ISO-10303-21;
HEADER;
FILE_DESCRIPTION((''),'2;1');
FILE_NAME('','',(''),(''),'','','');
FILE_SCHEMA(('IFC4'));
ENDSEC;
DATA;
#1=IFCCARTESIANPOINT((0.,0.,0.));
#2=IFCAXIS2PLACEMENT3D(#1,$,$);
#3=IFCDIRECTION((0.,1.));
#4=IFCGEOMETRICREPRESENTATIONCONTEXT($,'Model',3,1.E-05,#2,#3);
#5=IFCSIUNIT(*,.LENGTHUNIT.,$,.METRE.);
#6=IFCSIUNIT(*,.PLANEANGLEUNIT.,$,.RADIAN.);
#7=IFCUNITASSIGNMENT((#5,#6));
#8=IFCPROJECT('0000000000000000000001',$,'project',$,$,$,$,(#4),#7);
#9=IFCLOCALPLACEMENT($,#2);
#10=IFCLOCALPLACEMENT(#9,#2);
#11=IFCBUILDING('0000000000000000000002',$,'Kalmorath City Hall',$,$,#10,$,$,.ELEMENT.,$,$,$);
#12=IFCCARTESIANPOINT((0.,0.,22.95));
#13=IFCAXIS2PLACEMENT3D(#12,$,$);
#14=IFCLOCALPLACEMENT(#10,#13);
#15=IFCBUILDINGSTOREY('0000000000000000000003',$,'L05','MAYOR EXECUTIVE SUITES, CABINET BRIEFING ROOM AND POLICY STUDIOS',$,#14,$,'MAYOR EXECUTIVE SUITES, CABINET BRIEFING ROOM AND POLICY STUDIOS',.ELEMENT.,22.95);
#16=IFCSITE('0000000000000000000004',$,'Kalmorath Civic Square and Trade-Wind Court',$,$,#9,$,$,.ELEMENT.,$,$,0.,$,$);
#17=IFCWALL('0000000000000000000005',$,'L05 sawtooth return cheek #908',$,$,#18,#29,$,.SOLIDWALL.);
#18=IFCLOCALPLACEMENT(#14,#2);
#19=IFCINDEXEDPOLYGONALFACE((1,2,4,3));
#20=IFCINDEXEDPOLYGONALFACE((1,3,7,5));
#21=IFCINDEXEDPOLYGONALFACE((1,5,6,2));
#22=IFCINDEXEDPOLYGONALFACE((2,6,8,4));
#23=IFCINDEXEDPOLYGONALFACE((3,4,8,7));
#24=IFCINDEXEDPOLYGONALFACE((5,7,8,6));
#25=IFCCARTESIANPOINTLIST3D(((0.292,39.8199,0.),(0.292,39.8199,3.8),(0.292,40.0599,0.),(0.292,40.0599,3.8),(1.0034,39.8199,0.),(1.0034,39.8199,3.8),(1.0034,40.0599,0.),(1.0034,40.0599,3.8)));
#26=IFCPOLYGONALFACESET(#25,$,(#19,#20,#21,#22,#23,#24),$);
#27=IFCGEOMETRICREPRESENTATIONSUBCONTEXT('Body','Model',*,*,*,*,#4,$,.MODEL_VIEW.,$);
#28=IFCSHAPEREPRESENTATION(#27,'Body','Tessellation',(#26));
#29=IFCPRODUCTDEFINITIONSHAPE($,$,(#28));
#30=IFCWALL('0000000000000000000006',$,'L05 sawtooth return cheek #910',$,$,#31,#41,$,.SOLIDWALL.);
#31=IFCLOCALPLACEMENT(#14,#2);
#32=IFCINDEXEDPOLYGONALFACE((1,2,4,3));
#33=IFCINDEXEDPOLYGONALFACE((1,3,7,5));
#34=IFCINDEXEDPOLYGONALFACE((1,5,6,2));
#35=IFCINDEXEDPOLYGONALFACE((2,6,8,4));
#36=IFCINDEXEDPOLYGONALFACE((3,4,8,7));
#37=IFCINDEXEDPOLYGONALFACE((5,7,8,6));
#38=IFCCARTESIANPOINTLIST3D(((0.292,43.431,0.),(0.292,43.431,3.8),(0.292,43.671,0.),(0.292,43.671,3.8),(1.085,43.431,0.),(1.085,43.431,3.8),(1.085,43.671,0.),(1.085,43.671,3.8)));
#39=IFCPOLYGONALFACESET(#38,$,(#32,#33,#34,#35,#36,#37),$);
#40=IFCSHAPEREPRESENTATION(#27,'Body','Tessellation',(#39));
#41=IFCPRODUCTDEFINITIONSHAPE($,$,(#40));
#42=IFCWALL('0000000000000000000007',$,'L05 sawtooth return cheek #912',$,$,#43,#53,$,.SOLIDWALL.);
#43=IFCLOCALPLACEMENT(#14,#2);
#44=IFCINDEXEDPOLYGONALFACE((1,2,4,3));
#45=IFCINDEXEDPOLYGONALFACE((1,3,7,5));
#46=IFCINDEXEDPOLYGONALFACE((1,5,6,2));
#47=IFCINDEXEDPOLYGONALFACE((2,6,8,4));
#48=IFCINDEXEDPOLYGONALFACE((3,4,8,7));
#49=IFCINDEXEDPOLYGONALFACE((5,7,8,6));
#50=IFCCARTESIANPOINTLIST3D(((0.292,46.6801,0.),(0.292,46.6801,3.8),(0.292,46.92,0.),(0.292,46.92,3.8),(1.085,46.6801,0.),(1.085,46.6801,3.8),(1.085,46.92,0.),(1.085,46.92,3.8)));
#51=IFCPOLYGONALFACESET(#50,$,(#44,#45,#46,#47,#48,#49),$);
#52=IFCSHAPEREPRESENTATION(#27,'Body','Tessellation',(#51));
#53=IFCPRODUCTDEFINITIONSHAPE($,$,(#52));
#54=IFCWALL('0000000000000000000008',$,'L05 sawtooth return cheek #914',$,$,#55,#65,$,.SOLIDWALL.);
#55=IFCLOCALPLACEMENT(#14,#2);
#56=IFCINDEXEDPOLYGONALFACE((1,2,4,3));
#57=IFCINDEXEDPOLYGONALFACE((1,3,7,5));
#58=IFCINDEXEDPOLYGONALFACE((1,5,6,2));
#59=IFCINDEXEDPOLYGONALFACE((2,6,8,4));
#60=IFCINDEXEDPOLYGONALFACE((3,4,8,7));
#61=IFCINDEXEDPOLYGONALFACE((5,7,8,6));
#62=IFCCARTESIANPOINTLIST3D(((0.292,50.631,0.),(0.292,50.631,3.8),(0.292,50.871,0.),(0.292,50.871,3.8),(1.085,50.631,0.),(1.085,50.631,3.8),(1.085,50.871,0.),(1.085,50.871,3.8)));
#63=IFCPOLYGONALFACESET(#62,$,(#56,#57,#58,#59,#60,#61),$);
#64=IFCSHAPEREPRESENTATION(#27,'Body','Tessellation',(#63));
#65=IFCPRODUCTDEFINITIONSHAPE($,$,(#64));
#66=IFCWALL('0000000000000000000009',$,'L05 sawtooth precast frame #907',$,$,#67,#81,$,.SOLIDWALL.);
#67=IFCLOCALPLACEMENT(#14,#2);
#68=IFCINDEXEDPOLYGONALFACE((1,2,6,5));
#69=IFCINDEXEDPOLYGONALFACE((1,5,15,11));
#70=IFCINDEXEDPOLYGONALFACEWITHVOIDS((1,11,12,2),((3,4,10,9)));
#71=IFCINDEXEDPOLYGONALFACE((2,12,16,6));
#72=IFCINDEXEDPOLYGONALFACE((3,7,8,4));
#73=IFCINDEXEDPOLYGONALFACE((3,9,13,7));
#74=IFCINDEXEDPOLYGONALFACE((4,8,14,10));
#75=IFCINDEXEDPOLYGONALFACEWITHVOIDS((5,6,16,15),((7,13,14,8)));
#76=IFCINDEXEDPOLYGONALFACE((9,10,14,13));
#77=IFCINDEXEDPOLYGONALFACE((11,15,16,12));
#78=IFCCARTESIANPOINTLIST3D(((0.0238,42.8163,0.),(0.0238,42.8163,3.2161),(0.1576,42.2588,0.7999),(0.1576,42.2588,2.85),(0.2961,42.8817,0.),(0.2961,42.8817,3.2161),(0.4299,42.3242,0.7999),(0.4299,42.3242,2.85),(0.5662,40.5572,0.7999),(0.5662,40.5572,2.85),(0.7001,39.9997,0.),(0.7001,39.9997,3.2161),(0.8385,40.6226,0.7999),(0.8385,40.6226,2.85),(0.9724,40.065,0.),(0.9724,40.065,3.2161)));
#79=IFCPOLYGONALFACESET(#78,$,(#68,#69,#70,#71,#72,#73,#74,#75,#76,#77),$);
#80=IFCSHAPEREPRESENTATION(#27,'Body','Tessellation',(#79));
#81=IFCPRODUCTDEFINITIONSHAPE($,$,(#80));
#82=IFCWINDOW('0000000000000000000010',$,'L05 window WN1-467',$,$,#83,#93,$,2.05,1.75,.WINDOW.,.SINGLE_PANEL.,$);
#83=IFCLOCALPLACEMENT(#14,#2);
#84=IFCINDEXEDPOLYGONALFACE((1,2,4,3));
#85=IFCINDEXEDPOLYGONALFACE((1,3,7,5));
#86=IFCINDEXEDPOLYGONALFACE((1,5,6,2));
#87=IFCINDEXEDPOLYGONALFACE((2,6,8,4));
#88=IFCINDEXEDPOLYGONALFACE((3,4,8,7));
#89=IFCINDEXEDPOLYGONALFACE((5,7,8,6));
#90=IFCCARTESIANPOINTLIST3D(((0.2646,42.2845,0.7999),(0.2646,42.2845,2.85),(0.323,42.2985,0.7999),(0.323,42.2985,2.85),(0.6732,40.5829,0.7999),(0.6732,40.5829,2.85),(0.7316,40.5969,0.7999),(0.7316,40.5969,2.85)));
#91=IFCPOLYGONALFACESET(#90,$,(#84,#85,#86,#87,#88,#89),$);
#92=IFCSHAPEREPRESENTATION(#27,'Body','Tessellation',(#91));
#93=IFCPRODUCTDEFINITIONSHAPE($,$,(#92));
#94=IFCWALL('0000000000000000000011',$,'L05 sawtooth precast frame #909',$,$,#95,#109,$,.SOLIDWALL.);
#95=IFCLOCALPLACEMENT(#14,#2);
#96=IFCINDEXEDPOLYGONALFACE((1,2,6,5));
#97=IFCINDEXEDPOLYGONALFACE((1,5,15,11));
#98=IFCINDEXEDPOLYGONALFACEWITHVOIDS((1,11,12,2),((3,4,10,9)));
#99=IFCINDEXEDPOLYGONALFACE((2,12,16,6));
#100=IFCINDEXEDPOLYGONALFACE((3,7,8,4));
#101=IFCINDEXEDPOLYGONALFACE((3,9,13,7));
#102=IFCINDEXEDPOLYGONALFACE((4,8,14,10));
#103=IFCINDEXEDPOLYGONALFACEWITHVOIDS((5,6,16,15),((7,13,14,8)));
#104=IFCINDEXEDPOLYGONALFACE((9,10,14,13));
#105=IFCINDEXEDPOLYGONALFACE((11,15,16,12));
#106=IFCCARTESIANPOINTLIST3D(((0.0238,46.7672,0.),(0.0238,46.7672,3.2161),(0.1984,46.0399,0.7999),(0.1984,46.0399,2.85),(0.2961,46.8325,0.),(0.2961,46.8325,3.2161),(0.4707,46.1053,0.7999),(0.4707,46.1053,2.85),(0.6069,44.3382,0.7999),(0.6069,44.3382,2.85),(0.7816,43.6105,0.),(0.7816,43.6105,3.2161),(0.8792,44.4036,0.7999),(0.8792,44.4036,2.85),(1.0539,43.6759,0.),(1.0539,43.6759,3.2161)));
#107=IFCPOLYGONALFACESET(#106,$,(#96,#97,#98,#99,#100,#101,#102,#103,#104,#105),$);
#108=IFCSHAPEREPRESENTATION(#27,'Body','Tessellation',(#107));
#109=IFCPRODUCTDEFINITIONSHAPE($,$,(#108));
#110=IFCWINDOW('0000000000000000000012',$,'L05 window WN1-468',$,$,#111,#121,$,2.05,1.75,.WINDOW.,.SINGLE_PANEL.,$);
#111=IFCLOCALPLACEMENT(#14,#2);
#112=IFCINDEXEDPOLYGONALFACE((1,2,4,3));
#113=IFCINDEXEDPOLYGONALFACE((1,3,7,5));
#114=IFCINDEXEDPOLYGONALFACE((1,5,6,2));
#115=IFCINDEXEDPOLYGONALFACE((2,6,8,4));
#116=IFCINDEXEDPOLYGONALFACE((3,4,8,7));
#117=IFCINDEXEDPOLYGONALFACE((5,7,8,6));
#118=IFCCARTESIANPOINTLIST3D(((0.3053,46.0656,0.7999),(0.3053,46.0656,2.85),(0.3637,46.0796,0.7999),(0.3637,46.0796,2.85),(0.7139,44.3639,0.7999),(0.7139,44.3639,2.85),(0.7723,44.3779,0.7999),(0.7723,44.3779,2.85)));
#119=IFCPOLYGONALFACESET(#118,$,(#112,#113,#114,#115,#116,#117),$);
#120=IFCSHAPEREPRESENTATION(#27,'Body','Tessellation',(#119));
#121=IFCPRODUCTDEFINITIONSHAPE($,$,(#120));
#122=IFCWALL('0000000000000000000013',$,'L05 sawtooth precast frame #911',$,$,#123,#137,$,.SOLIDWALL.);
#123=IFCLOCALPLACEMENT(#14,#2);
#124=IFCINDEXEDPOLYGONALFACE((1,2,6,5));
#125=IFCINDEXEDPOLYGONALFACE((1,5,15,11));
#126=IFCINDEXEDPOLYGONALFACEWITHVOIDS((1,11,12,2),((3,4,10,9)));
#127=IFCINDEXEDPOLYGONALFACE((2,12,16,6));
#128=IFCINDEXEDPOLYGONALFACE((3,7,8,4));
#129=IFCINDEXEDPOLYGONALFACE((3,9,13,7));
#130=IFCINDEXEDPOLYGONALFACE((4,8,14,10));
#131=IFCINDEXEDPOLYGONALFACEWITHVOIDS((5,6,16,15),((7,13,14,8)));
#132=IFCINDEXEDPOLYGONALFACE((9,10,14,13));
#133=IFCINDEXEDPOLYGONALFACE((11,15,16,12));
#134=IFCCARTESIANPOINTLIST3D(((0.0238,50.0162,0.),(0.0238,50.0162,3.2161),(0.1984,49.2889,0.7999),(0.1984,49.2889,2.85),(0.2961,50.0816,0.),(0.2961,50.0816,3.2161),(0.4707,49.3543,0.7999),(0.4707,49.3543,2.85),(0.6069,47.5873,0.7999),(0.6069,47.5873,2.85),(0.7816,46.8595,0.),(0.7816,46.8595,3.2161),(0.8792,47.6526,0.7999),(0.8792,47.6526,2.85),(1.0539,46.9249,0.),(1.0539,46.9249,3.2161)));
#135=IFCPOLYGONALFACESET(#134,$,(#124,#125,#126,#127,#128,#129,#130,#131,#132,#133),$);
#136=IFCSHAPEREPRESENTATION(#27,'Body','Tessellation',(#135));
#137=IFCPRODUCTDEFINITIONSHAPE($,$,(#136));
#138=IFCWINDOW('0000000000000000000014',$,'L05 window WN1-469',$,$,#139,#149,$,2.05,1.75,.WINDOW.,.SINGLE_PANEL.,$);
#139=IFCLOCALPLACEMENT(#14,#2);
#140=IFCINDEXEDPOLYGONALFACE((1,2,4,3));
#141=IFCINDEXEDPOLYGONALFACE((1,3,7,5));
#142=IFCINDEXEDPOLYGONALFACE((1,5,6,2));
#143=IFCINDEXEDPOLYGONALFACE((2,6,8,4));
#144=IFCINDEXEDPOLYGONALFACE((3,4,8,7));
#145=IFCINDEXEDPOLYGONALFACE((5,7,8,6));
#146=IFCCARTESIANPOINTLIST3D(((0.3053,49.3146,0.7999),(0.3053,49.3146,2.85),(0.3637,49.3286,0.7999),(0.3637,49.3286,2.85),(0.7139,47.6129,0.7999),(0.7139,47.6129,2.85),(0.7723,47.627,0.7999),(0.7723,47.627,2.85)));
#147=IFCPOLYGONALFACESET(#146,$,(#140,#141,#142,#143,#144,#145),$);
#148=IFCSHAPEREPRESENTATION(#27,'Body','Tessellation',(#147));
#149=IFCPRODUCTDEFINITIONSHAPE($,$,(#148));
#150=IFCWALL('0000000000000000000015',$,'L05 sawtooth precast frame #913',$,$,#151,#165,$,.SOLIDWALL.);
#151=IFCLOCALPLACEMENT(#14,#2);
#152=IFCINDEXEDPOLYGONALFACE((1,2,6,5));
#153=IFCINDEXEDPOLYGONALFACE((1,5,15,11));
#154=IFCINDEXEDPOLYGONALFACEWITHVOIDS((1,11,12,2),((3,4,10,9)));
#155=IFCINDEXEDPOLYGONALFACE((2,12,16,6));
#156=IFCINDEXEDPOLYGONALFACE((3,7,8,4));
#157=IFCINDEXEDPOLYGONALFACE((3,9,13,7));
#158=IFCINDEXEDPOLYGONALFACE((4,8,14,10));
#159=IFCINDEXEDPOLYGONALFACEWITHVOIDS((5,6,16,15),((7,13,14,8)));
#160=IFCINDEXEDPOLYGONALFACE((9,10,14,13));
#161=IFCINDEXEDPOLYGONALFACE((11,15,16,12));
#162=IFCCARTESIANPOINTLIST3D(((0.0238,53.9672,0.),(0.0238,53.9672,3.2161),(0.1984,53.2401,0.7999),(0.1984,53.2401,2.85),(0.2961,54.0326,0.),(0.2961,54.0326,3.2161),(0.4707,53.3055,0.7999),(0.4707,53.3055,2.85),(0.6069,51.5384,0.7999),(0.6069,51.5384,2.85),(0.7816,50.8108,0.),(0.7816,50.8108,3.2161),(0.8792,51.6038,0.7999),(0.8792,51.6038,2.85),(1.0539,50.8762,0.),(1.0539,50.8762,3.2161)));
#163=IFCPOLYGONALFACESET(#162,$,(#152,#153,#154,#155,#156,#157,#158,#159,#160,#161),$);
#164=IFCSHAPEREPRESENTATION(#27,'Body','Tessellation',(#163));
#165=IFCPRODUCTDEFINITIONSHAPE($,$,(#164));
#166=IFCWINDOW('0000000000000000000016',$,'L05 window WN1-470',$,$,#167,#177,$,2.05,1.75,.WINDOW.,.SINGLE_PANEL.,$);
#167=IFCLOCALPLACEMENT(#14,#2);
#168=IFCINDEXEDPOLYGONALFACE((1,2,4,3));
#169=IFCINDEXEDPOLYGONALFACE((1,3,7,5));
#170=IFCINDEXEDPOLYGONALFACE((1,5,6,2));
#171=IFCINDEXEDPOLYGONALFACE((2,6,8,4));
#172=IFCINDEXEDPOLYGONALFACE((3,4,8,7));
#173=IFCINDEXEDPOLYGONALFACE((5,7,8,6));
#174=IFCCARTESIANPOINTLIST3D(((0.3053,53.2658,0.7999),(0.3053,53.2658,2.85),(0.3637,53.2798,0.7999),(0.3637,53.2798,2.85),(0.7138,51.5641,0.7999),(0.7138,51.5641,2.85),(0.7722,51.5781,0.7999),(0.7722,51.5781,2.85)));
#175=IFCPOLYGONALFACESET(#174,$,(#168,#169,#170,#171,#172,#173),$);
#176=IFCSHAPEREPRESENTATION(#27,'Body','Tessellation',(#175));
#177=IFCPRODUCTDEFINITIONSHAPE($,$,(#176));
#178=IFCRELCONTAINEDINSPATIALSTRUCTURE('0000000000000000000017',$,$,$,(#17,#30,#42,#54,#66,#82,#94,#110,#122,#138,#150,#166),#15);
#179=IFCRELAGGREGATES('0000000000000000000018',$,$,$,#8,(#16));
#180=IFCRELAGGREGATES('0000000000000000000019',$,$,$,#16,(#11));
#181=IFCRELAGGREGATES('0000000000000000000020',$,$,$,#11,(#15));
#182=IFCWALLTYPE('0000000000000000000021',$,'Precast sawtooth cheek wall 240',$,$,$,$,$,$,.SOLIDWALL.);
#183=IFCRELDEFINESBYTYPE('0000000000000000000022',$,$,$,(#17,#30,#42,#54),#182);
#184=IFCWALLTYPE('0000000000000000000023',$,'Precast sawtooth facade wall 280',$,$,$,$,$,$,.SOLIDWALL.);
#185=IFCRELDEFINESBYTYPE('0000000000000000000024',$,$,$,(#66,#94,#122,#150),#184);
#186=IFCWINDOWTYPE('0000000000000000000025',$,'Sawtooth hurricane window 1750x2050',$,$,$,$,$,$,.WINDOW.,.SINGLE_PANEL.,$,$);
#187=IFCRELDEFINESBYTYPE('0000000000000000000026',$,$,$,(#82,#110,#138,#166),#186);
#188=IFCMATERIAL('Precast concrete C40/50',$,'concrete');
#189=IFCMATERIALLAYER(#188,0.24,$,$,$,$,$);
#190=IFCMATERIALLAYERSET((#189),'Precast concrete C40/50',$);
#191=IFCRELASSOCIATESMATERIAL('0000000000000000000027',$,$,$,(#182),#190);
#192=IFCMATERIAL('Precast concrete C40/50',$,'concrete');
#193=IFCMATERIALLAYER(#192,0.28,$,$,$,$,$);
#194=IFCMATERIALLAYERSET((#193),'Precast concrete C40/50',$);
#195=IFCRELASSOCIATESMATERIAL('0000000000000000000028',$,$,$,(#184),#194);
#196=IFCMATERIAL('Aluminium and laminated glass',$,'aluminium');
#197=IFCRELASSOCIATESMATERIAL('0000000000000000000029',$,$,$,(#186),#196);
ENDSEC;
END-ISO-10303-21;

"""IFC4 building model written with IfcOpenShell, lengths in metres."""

from ifc_helpers import new_model, si_unit, direction, frame, frame_2d, origin, place, context, subcontext, project, spatial, rectangle, extrude, material, layer, layer_set, type_object, element, fill, save


model = new_model("IFC4")

# Units and contexts
model_context = context("Model", 3, precision=1e-05, world=origin(), true_north=direction((0.0, 1.0)))
body_context = subcontext(model_context, "Body", "Model", "MODEL_VIEW")
ifc_project = project(units=[si_unit("LENGTHUNIT", "METRE"), si_unit("PLANEANGLEUNIT", "RADIAN")], contexts=[model_context])

# Site, building, storey
site_placement = place(None, origin())
site = spatial("IfcSite", under=ifc_project, at=site_placement, Name="Kalmorath Civic Square and Trade-Wind Court", CompositionType="ELEMENT", RefElevation=0.0)
building_placement = place(site_placement, origin())
building = spatial("IfcBuilding", under=site, at=building_placement, Name="Kalmorath City Hall", CompositionType="ELEMENT")
storey_placement = place(building_placement, frame((0.0, 0.0, 22.95)))
storey = spatial("IfcBuildingStorey", under=building, at=storey_placement, Name="L05", Description="MAYOR EXECUTIVE SUITES, CABINET BRIEFING ROOM AND POLICY STUDIOS", LongName="MAYOR EXECUTIVE SUITES, CABINET BRIEFING ROOM AND POLICY STUDIOS", CompositionType="ELEMENT", Elevation=22.95)

# Walls
ifc_material_1 = material(Name="Precast concrete C40/50", Category="concrete")
ifc_layer_1 = layer(ifc_material_1, 0.24)
ifc_layer_set_1 = layer_set([ifc_layer_1], Name="Precast concrete C40/50")
wall_type_1 = type_object("IfcWallType", Name="Precast sawtooth cheek wall 240", PredefinedType="SOLIDWALL", material=ifc_layer_set_1)
wall_1_placement = place(storey_placement, frame((1.0034, 39.9399, 0.0), z_axis=(0.0, 0.0, 1.0), x_axis=(-1.0, 0.0, 0.0)))
element("IfcWall", 1, at=wall_1_placement, inside=storey, type_object=wall_type_1, Name="L05 sawtooth return cheek #908", PredefinedType="SOLIDWALL", context=body_context, shape_type="SweptSolid", body=[
    extrude(rectangle(XDim=0.7114, YDim=0.24, at=frame_2d((0.3557, 0.0))), origin(), (0.0, 0.0, 1.0), 3.8),
])
for number, where, z_axis, x_axis, name in (
    (2, (1.085, 43.551, 0.0), (0.0, 0.0, 1.0), (-1.0, 0.0, 0.0), "L05 sawtooth return cheek #910"),
    (3, (1.085, 46.8, 0.0), (0.0, 0.0, 1.0), (-1.0, 0.0, 0.0), "L05 sawtooth return cheek #912"),
    (4, (1.085, 50.751, 0.0), (0.0, 0.0, 1.0), (-1.0, 0.0, 0.0), "L05 sawtooth return cheek #914"),
):
    element("IfcWall", number, at=place(storey_placement, frame(where, z_axis=z_axis, x_axis=x_axis)), inside=storey, type_object=wall_type_1, Name=name, PredefinedType="SOLIDWALL", context=body_context, shape_type="SweptSolid", body=[
        extrude(rectangle(XDim=0.793, YDim=0.24, at=frame_2d((0.3965, 0.0))), origin(), (0.0, 0.0, 1.0), 3.8),
    ])

# Walls, openings, windows
ifc_material_2 = material(Name="Precast concrete C40/50", Category="concrete")
ifc_layer_2 = layer(ifc_material_2, 0.28)
ifc_layer_set_2 = layer_set([ifc_layer_2], Name="Precast concrete C40/50")
wall_type_2 = type_object("IfcWallType", Name="Precast sawtooth facade wall 280", PredefinedType="SOLIDWALL", material=ifc_layer_set_2)
wall_2_placement = place(storey_placement, frame((0.8362, 40.0325, 0.0), z_axis=(0.0, 0.0, 1.0), x_axis=(-0.233462, 0.972366, 0.0)))
wall_2 = element("IfcWall", 5, at=wall_2_placement, inside=storey, type_object=wall_type_2, Name="L05 sawtooth precast frame #907", PredefinedType="SOLIDWALL", context=body_context, shape_type="SweptSolid", body=[
    extrude(rectangle(XDim=2.8967, YDim=0.28, at=frame_2d((1.4482, 0.0))), origin(), (0.0, 0.0, 1.0), 3.2161),
])
opening_1_placement = place(wall_2_placement, frame((0.5732, 0.0, 0.8)))
opening_1 = element("IfcOpeningElement", 6, at=opening_1_placement, cuts=wall_2, PredefinedType="OPENING", context=body_context, shape_type="SweptSolid", body=[
    extrude(rectangle(XDim=1.75, YDim=2.05, at=frame_2d((0.875, 1.0249))), frame((0.0, 0.1499, 0.0), z_axis=(0.0, -1.0, 0.0), x_axis=(1.0, 0.0, 0.0)), (0.0, 0.0, 1.0), 0.3),
])
ifc_material_3 = material(Name="Aluminium and laminated glass", Category="aluminium")
window_type = type_object("IfcWindowType", Name="Sawtooth hurricane window 1750x2050", PartitioningType="SINGLE_PANEL", PredefinedType="WINDOW", material=ifc_material_3)
window_1_placement = place(opening_1_placement, origin())
window_1 = element("IfcWindow", 7, at=window_1_placement, inside=storey, type_object=window_type, Name="L05 window WN1-467", OverallHeight=2.05, OverallWidth=1.75, PartitioningType="SINGLE_PANEL", PredefinedType="WINDOW", context=body_context, shape_type="SweptSolid", body=[
    extrude(rectangle(XDim=1.75, YDim=2.05, at=frame_2d((0.875, 1.0249))), frame((0.0, 0.03, 0.0), z_axis=(0.0, -1.0, 0.0), x_axis=(1.0, 0.0, 0.0)), (0.0, 0.0, 1.0), 0.0601),
])
fill(opening_1, window_1)
wall_3_placement = place(storey_placement, frame((0.9177, 43.6433, 0.0), z_axis=(0.0, 0.0, 1.0), x_axis=(-0.23343, 0.972374, 0.0)))
wall_3 = element("IfcWall", 8, at=wall_3_placement, inside=storey, type_object=wall_type_2, Name="L05 sawtooth precast frame #909", PredefinedType="SOLIDWALL", context=body_context, shape_type="SweptSolid", body=[
    extrude(rectangle(XDim=3.2463, YDim=0.28, at=frame_2d((1.623, 0.0))), origin(), (0.0, 0.0, 1.0), 3.2161),
])
opening_2_placement = place(wall_3_placement, frame((0.7483, 0.0, 0.8)))
opening_2 = element("IfcOpeningElement", 9, at=opening_2_placement, cuts=wall_3, PredefinedType="OPENING", context=body_context, shape_type="SweptSolid", body=[
    extrude(rectangle(XDim=1.75, YDim=2.05, at=frame_2d((0.875, 1.0249))), frame((0.0, 0.1499, 0.0), z_axis=(0.0, -1.0, 0.0), x_axis=(1.0, 0.0, 0.0)), (0.0, 0.0, 1.0), 0.3),
])
window_2_placement = place(opening_2_placement, origin())
window_2 = element("IfcWindow", 10, at=window_2_placement, inside=storey, type_object=window_type, Name="L05 window WN1-468", OverallHeight=2.05, OverallWidth=1.75, PartitioningType="SINGLE_PANEL", PredefinedType="WINDOW", context=body_context, shape_type="SweptSolid", body=[
    extrude(rectangle(XDim=1.75, YDim=2.05, at=frame_2d((0.875, 1.0249))), frame((0.0, 0.03, 0.0), z_axis=(0.0, -1.0, 0.0), x_axis=(1.0, 0.0, 0.0)), (0.0, 0.0, 1.0), 0.0601),
])
fill(opening_2, window_2)
wall_4_placement = place(storey_placement, frame((0.9177, 46.8923, 0.0), z_axis=(0.0, 0.0, 1.0), x_axis=(-0.23343, 0.972374, 0.0)))
wall_4 = element("IfcWall", 11, at=wall_4_placement, inside=storey, type_object=wall_type_2, Name="L05 sawtooth precast frame #911", PredefinedType="SOLIDWALL", context=body_context, shape_type="SweptSolid", body=[
    extrude(rectangle(XDim=3.2463, YDim=0.28, at=frame_2d((1.623, 0.0))), origin(), (0.0, 0.0, 1.0), 3.2161),
])
opening_3_placement = place(wall_4_placement, frame((0.7483, 0.0, 0.8)))
opening_3 = element("IfcOpeningElement", 12, at=opening_3_placement, cuts=wall_4, PredefinedType="OPENING", context=body_context, shape_type="SweptSolid", body=[
    extrude(rectangle(XDim=1.75, YDim=2.05, at=frame_2d((0.875, 1.0249))), frame((0.0, 0.1499, 0.0), z_axis=(0.0, -1.0, 0.0), x_axis=(1.0, 0.0, 0.0)), (0.0, 0.0, 1.0), 0.3),
])
window_3_placement = place(opening_3_placement, origin())
window_3 = element("IfcWindow", 13, at=window_3_placement, inside=storey, type_object=window_type, Name="L05 window WN1-469", OverallHeight=2.05, OverallWidth=1.75, PartitioningType="SINGLE_PANEL", PredefinedType="WINDOW", context=body_context, shape_type="SweptSolid", body=[
    extrude(rectangle(XDim=1.75, YDim=2.05, at=frame_2d((0.875, 1.0249))), frame((0.0, 0.03, 0.0), z_axis=(0.0, -1.0, 0.0), x_axis=(1.0, 0.0, 0.0)), (0.0, 0.0, 1.0), 0.0601),
])
fill(opening_3, window_3)
wall_5_placement = place(storey_placement, frame((0.9177, 50.8435, 0.0), z_axis=(0.0, 0.0, 1.0), x_axis=(-0.233447, 0.97237, 0.0)))
wall_5 = element("IfcWall", 14, at=wall_5_placement, inside=storey, type_object=wall_type_2, Name="L05 sawtooth precast frame #913", PredefinedType="SOLIDWALL", context=body_context, shape_type="SweptSolid", body=[
    extrude(rectangle(XDim=3.2461, YDim=0.28, at=frame_2d((1.623, 0.0))), origin(), (0.0, 0.0, 1.0), 3.2161),
])
opening_4_placement = place(wall_5_placement, frame((0.7483, 0.0, 0.8)))
opening_4 = element("IfcOpeningElement", 15, at=opening_4_placement, cuts=wall_5, PredefinedType="OPENING", context=body_context, shape_type="SweptSolid", body=[
    extrude(rectangle(XDim=1.75, YDim=2.05, at=frame_2d((0.875, 1.0249))), frame((0.0, 0.1499, 0.0), z_axis=(0.0, -1.0, 0.0), x_axis=(1.0, 0.0, 0.0)), (0.0, 0.0, 1.0), 0.3),
])
window_4_placement = place(opening_4_placement, origin())
window_4 = element("IfcWindow", 16, at=window_4_placement, inside=storey, type_object=window_type, Name="L05 window WN1-470", OverallHeight=2.05, OverallWidth=1.75, PartitioningType="SINGLE_PANEL", PredefinedType="WINDOW", context=body_context, shape_type="SweptSolid", body=[
    extrude(rectangle(XDim=1.75, YDim=2.05, at=frame_2d((0.875, 1.0249))), frame((0.0, 0.03, 0.0), z_axis=(0.0, -1.0, 0.0), x_axis=(1.0, 0.0, 0.0)), (0.0, 0.0, 1.0), 0.0601),
])
fill(opening_4, window_4)

save(model, "model.ifc")
